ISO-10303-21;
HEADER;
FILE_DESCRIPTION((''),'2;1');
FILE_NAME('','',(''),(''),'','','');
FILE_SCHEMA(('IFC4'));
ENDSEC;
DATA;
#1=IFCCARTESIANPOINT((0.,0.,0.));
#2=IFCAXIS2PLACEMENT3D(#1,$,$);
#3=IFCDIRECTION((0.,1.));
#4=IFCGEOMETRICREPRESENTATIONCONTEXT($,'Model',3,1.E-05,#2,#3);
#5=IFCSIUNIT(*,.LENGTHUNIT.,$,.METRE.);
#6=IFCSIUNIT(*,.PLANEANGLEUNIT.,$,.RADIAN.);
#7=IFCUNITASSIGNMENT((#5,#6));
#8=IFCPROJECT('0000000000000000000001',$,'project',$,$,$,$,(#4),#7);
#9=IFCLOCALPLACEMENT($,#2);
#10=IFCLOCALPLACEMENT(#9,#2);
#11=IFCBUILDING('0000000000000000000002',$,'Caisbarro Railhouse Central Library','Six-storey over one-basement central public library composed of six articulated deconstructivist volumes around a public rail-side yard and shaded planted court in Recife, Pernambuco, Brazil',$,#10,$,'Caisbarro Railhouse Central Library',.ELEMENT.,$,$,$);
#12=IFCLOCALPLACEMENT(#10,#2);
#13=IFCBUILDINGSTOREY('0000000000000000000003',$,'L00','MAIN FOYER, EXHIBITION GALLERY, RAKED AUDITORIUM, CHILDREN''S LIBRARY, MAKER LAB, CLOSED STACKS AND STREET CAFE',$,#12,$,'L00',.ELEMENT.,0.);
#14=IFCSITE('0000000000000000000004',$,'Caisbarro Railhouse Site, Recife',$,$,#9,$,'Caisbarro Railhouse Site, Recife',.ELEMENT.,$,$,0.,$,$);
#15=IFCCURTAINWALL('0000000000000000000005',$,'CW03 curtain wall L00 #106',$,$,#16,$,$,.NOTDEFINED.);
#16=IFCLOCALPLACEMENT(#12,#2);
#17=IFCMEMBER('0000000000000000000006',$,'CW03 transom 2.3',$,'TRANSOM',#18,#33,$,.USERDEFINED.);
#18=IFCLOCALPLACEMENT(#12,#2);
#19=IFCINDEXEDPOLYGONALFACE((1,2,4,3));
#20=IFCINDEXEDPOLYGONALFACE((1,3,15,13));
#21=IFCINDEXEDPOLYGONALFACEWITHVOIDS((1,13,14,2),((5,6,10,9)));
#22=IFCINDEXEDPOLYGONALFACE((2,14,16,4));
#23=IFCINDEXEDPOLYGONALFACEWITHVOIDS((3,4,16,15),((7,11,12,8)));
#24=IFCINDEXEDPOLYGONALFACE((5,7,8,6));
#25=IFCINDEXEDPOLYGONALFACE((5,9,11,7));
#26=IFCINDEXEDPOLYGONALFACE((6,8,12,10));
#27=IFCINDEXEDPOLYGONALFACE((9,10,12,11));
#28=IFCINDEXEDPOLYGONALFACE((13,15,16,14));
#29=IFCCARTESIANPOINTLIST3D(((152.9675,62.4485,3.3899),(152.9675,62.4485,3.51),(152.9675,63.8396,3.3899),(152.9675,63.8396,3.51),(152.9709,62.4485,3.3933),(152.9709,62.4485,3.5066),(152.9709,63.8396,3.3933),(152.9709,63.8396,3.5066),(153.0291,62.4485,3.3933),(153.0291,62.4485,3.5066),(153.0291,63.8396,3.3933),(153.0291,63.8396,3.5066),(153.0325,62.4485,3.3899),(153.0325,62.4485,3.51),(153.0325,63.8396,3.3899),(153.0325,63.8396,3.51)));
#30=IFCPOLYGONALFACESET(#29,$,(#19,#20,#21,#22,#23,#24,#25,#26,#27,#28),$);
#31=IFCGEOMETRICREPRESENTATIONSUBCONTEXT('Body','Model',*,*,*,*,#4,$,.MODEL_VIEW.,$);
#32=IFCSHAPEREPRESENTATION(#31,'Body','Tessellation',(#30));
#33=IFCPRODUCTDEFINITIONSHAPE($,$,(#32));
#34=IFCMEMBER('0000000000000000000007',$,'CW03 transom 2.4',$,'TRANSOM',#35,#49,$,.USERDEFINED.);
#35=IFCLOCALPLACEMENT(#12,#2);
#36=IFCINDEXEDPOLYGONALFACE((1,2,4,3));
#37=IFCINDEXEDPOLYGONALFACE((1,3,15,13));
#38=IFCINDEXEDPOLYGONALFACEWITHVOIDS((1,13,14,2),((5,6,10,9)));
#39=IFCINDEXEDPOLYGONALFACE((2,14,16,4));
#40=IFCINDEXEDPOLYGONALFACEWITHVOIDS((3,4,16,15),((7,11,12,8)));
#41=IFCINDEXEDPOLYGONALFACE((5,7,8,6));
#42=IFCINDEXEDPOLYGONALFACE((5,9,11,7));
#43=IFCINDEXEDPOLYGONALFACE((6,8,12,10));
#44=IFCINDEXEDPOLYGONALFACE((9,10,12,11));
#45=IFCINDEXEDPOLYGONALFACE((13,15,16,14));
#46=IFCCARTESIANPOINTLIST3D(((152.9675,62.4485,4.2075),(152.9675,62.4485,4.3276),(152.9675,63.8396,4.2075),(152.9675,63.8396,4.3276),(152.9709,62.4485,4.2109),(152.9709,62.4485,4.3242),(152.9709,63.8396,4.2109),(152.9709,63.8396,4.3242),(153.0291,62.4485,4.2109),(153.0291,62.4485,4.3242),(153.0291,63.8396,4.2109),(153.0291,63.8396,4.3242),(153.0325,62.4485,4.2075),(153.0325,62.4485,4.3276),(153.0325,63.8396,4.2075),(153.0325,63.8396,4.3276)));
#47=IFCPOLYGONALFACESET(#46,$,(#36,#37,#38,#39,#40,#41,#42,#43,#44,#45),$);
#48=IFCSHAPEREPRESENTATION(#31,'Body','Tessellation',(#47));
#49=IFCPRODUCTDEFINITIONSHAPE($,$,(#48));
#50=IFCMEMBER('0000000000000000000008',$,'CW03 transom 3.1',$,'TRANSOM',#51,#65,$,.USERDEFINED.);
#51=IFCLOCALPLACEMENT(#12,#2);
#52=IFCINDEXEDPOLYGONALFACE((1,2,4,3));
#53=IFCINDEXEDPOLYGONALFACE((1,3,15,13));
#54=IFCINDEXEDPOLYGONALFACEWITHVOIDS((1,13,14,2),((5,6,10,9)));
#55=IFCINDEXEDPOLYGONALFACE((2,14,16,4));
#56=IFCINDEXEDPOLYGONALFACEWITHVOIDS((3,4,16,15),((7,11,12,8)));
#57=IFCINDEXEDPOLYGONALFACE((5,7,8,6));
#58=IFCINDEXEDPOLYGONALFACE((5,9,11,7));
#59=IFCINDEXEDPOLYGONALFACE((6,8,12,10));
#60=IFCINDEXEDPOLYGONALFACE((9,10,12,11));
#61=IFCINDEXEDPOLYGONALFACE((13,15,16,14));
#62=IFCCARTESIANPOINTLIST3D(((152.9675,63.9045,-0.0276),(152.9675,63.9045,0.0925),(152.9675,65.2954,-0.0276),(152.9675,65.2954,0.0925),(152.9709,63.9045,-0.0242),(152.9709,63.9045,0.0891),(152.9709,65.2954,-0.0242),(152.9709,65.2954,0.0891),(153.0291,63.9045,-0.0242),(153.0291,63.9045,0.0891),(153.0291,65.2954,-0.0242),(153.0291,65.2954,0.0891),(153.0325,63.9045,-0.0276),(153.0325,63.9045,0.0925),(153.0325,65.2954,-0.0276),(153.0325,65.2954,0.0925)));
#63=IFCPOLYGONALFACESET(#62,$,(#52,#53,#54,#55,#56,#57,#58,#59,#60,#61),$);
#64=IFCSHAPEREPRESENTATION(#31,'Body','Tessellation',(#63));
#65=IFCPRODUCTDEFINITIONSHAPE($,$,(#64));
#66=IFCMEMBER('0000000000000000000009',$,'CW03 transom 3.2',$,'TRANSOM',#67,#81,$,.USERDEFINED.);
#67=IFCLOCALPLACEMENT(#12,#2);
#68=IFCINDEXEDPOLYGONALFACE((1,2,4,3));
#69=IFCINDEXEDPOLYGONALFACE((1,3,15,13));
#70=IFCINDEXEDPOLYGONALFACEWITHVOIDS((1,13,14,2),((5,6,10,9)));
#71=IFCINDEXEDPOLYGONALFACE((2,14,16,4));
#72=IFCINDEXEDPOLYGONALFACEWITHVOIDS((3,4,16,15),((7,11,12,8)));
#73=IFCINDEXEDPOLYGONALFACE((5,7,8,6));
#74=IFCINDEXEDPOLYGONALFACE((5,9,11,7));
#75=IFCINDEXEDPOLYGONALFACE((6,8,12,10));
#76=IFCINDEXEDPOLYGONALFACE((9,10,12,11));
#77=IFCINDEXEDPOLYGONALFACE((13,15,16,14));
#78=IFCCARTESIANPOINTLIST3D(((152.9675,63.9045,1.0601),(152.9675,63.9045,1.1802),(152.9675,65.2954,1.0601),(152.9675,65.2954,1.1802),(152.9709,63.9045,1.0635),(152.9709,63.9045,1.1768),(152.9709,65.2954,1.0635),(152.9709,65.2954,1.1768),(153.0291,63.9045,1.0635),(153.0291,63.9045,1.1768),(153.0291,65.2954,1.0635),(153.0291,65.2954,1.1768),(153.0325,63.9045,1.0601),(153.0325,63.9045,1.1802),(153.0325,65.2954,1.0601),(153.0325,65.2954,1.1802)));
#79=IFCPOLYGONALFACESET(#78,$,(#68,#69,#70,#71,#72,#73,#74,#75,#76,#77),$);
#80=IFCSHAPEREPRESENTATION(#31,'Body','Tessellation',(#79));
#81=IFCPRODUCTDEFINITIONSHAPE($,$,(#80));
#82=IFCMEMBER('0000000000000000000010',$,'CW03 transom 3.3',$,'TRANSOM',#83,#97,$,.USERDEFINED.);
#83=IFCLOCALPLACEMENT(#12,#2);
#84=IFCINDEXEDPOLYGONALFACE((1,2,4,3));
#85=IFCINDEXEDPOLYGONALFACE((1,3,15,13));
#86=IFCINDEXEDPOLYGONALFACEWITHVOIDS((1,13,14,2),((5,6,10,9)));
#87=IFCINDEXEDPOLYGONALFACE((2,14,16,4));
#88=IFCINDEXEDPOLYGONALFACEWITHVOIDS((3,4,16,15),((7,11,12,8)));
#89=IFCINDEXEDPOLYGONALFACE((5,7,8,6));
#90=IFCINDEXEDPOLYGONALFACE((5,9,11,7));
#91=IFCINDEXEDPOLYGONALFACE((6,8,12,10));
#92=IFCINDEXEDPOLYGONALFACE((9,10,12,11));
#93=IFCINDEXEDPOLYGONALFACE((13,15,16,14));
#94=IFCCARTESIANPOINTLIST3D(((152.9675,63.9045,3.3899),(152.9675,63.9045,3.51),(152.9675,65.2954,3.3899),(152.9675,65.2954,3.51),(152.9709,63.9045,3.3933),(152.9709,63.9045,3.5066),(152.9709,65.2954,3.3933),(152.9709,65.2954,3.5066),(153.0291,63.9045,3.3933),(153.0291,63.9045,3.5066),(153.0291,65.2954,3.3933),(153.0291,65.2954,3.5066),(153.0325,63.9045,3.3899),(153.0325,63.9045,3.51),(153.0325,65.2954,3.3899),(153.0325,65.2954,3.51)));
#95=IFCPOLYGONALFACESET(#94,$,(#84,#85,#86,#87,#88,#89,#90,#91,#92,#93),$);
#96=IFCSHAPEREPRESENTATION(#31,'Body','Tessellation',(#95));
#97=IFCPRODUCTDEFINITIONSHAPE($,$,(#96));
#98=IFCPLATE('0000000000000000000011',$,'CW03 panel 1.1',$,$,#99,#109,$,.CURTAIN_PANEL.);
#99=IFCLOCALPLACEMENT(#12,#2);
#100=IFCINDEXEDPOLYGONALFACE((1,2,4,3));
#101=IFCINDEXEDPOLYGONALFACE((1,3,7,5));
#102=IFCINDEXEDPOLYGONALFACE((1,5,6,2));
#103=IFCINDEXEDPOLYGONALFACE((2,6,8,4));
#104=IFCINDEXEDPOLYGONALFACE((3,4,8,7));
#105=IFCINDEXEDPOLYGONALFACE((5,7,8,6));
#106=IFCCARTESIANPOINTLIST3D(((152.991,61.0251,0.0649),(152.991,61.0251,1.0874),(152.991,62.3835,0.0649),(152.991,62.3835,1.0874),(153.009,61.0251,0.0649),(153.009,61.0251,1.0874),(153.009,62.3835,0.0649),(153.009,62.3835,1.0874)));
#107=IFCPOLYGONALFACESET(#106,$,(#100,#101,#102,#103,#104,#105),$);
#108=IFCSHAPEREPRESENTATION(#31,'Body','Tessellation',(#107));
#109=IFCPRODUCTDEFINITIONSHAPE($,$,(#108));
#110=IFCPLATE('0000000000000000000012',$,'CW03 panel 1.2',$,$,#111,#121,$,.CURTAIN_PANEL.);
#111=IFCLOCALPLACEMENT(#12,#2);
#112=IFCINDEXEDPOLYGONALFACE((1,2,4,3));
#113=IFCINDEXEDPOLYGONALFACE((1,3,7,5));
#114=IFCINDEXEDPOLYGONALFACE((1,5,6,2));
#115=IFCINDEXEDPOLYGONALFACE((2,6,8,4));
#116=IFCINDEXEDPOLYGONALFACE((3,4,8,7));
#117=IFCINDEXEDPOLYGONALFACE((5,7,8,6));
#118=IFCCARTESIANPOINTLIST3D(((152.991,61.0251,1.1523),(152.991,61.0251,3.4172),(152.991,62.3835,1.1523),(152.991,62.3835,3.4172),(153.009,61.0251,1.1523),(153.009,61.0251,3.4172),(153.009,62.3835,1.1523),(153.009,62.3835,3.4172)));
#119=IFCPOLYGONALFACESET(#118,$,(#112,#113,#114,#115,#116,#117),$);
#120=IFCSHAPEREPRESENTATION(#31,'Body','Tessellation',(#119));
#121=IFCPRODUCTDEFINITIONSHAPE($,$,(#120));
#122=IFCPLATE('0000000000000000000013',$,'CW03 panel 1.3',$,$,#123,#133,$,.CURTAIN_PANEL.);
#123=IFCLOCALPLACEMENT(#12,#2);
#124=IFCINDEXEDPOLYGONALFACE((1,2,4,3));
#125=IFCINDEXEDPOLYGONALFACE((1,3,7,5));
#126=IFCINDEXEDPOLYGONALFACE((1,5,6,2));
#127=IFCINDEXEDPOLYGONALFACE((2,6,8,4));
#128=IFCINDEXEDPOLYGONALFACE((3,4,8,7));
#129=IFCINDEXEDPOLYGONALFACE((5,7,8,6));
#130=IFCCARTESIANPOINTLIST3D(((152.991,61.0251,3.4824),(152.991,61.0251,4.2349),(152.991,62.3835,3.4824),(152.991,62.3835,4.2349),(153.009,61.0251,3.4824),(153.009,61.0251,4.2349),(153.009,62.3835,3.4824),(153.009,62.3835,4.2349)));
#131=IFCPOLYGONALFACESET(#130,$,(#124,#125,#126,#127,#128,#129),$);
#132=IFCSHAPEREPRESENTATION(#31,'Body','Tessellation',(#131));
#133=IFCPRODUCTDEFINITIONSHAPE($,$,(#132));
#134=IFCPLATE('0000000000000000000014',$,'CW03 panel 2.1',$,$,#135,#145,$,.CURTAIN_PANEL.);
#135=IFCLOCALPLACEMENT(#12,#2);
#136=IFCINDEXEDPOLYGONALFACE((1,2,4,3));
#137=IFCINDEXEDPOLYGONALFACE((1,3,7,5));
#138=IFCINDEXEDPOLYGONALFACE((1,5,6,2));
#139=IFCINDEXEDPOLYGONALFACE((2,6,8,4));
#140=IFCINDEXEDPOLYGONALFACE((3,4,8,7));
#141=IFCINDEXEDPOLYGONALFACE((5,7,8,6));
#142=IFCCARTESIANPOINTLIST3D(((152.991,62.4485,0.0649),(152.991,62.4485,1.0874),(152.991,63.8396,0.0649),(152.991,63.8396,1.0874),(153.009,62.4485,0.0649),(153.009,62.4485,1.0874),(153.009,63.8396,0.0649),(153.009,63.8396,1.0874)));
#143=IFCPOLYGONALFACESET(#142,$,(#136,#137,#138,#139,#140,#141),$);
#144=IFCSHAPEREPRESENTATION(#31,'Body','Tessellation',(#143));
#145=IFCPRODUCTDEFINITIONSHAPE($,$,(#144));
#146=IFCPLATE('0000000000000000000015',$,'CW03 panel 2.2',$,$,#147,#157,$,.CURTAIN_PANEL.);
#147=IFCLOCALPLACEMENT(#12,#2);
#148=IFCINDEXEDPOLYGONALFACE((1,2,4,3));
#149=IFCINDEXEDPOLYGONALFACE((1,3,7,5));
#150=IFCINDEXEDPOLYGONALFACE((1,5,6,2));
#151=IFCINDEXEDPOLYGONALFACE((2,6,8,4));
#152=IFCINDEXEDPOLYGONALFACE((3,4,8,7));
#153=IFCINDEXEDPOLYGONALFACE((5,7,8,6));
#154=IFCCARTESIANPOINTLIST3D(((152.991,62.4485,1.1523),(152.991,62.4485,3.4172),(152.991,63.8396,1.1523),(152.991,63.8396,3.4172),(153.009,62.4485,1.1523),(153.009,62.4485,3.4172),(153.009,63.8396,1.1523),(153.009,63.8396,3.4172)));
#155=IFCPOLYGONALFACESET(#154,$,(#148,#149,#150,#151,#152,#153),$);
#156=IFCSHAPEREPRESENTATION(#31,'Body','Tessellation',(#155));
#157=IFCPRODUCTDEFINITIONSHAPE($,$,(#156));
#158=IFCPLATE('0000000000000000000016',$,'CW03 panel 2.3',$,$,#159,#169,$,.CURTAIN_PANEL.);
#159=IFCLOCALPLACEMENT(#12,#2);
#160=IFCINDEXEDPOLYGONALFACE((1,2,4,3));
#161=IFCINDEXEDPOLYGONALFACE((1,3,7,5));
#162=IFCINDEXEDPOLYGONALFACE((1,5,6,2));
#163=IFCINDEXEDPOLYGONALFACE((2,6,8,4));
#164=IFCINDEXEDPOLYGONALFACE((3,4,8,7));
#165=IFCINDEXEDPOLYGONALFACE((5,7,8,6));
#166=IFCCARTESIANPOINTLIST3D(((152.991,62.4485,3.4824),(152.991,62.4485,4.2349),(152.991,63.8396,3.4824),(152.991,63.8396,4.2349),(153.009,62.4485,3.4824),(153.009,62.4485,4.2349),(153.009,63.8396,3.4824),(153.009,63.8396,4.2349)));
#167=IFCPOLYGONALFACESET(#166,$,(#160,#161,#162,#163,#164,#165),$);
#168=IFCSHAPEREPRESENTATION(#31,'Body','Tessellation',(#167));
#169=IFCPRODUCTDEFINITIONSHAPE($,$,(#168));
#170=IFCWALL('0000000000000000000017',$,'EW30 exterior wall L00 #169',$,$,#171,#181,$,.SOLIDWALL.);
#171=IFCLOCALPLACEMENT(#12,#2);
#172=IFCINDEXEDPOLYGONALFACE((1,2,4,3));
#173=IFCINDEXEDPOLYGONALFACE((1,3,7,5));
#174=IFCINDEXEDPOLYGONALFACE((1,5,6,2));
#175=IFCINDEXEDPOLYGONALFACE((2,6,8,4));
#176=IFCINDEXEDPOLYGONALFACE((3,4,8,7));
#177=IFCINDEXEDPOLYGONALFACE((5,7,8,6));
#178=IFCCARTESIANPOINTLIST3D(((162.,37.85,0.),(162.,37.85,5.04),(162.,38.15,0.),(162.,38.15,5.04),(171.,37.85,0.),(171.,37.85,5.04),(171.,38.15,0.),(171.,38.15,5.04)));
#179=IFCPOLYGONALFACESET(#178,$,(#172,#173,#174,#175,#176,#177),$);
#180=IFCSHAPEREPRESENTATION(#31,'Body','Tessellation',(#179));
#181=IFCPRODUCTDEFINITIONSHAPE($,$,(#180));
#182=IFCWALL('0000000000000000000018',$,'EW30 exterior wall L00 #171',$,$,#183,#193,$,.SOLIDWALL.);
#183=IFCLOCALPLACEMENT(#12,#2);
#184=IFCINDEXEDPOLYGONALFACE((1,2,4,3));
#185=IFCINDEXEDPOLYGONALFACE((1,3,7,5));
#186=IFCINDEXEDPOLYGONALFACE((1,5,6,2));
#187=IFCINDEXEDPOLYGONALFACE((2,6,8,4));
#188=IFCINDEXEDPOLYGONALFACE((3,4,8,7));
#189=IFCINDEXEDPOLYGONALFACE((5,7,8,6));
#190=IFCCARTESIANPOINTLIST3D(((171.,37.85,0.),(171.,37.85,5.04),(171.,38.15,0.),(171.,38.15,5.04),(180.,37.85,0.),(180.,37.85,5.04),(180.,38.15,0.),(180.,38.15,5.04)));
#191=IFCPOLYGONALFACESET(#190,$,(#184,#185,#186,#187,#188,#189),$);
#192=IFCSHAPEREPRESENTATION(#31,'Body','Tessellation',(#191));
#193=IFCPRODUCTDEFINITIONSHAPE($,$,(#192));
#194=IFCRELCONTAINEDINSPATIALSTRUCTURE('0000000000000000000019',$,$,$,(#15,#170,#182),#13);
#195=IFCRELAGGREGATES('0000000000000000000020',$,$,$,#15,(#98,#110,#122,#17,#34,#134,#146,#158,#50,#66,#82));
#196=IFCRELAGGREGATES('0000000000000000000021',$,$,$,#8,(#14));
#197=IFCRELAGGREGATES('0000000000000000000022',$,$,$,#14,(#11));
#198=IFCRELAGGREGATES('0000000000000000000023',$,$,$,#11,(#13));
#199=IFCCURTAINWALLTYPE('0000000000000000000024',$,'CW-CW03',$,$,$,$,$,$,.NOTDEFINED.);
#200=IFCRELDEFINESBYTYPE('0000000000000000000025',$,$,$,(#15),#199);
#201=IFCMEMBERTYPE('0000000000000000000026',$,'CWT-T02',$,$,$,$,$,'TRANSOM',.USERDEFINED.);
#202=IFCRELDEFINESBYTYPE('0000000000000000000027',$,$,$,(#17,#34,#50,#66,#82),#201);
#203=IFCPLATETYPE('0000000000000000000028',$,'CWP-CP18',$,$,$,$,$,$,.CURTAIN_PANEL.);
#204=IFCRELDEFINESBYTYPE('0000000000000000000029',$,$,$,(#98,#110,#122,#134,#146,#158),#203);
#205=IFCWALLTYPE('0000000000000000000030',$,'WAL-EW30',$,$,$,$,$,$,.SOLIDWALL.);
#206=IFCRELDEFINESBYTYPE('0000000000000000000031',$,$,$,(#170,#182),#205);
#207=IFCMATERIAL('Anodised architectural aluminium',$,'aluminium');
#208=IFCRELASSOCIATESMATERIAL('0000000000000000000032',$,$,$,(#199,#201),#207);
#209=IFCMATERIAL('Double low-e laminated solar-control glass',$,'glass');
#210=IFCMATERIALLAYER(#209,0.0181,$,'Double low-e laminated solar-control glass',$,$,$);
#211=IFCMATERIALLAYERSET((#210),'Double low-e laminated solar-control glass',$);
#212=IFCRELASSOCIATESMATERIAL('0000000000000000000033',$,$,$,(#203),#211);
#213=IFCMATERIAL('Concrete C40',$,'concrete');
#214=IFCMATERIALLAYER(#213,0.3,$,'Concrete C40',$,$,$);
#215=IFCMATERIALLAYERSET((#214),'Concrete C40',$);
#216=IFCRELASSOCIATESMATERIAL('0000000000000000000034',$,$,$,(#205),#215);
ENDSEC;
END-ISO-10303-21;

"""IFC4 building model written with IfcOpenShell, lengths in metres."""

from ifc_helpers import new_model, si_unit, direction, frame, frame_2d, origin, origin_2d, place, context, subcontext, project, spatial, rectangle, hollow_rectangle, extrude, material, layer, layer_set, material_profile, profile_set, type_object, element, aggregate, save


model = new_model("IFC4")

# Units and contexts
model_context = context("Model", 3, precision=1e-05, world=origin(), true_north=direction((0.0, 1.0)))
body_context = subcontext(model_context, "Body", "Model", "MODEL_VIEW")
ifc_project = project(units=[si_unit("LENGTHUNIT", "METRE"), si_unit("PLANEANGLEUNIT", "RADIAN")], contexts=[model_context])

# Site, building, storey
site_placement = place(None, origin())
site = spatial("IfcSite", under=ifc_project, at=site_placement, Name="Caisbarro Railhouse Site, Recife", LongName="Caisbarro Railhouse Site, Recife", CompositionType="ELEMENT", RefElevation=0.0)
building_placement = place(site_placement, origin())
building = spatial("IfcBuilding", under=site, at=building_placement, Name="Caisbarro Railhouse Central Library", Description="Six-storey over one-basement central public library composed of six articulated deconstructivist volumes around a public rail-side yard and shaded planted court in Recife, Pernambuco, Brazil", LongName="Caisbarro Railhouse Central Library", CompositionType="ELEMENT")
storey_placement = place(building_placement, origin())
storey = spatial("IfcBuildingStorey", under=building, at=storey_placement, Name="L00", Description="MAIN FOYER, EXHIBITION GALLERY, RAKED AUDITORIUM, CHILDREN'S LIBRARY, MAKER LAB, CLOSED STACKS AND STREET CAFE", LongName="L00", CompositionType="ELEMENT", Elevation=0.0)

# Curtain wall, members, plates
ifc_material_1 = material(Name="Anodised architectural aluminium", Category="aluminium")
curtain_wall_type = type_object("IfcCurtainWallType", Name="CW-CW03", PredefinedType="NOTDEFINED", material=ifc_material_1)
curtain_wall_placement = place(storey_placement, origin())
curtain_wall = element("IfcCurtainWall", 1, at=curtain_wall_placement, inside=storey, type_object=curtain_wall_type, Name="CW03 curtain wall L00 #106", PredefinedType="NOTDEFINED")
ifc_material_profile_1 = material_profile(ifc_material_1, hollow_rectangle(XDim=0.0649, YDim=0.1201, WallThickness=0.0034, at=origin_2d()), Name="ALU-TRN-65X120")
ifc_profile_set_1 = profile_set([ifc_material_profile_1], Name="Anodised architectural aluminium")
member_type_1 = type_object("IfcMemberType", Name="CWT-T02", ElementType="TRANSOM", PredefinedType="USERDEFINED", material=ifc_profile_set_1)
member_1_placement = place(storey_placement, frame((153.0, 62.4485, 3.45), z_axis=(0.0, 1.0, 0.0), x_axis=(-1.0, 0.0, 0.0)))
member_1 = element("IfcMember", 2, at=member_1_placement, type_object=member_type_1, Name="CW03 transom 2.3", ObjectType="TRANSOM", PredefinedType="USERDEFINED", context=body_context, shape_type="SweptSolid", body=[
    extrude(hollow_rectangle(XDim=0.0649, YDim=0.1201, WallThickness=0.0034, at=origin_2d()), origin(), (0.0, 0.0, 1.0), 1.3911),
])
member_2_placement = place(storey_placement, frame((153.0, 62.4485, 4.2676), z_axis=(0.0, 1.0, 0.0), x_axis=(-1.0, 0.0, 0.0)))
member_2 = element("IfcMember", 3, at=member_2_placement, type_object=member_type_1, Name="CW03 transom 2.4", ObjectType="TRANSOM", PredefinedType="USERDEFINED", context=body_context, shape_type="SweptSolid", body=[
    extrude(hollow_rectangle(XDim=0.0649, YDim=0.1201, WallThickness=0.0034, at=origin_2d()), origin(), (0.0, 0.0, 1.0), 1.3911),
])
member_3_placement = place(storey_placement, frame((153.0, 63.9045, 0.0325), z_axis=(0.0, 1.0, 0.0), x_axis=(-1.0, 0.0, 0.0)))
member_3 = element("IfcMember", 4, at=member_3_placement, type_object=member_type_1, Name="CW03 transom 3.1", ObjectType="TRANSOM", PredefinedType="USERDEFINED", context=body_context, shape_type="SweptSolid", body=[
    extrude(hollow_rectangle(XDim=0.0649, YDim=0.1201, WallThickness=0.0034, at=origin_2d()), origin(), (0.0, 0.0, 1.0), 1.3909),
])
member_4_placement = place(storey_placement, frame((153.0, 63.9045, 1.1201), z_axis=(0.0, 1.0, 0.0), x_axis=(-1.0, 0.0, 0.0)))
member_4 = element("IfcMember", 5, at=member_4_placement, type_object=member_type_1, Name="CW03 transom 3.2", ObjectType="TRANSOM", PredefinedType="USERDEFINED", context=body_context, shape_type="SweptSolid", body=[
    extrude(hollow_rectangle(XDim=0.0649, YDim=0.1201, WallThickness=0.0034, at=origin_2d()), origin(), (0.0, 0.0, 1.0), 1.3909),
])
member_5_placement = place(storey_placement, frame((153.0, 63.9045, 3.45), z_axis=(0.0, 1.0, 0.0), x_axis=(-1.0, 0.0, 0.0)))
member_5 = element("IfcMember", 6, at=member_5_placement, type_object=member_type_1, Name="CW03 transom 3.3", ObjectType="TRANSOM", PredefinedType="USERDEFINED", context=body_context, shape_type="SweptSolid", body=[
    extrude(hollow_rectangle(XDim=0.0649, YDim=0.1201, WallThickness=0.0034, at=origin_2d()), origin(), (0.0, 0.0, 1.0), 1.3909),
])
ifc_material_2 = material(Name="Double low-e laminated solar-control glass", Category="glass")
ifc_layer_1 = layer(ifc_material_2, 0.0181, Name="Double low-e laminated solar-control glass")
ifc_layer_set_1 = layer_set([ifc_layer_1], Name="Double low-e laminated solar-control glass")
plate_type = type_object("IfcPlateType", Name="CWP-CP18", PredefinedType="CURTAIN_PANEL", material=ifc_layer_set_1)
plate_1_placement = place(storey_placement, frame((153.0, 61.7043, 0.0649), z_axis=(0.0, 0.0, 1.0), x_axis=(0.0, 1.0, 0.0)))
plate_1 = element("IfcPlate", 7, at=plate_1_placement, type_object=plate_type, Name="CW03 panel 1.1", PredefinedType="CURTAIN_PANEL", context=body_context, shape_type="SweptSolid", body=[
    extrude(rectangle(XDim=1.3584, YDim=0.0181, at=origin_2d()), origin(), (0.0, 0.0, 1.0), 1.0225),
])
plate_2_placement = place(storey_placement, frame((153.0, 61.7043, 1.1523), z_axis=(0.0, 0.0, 1.0), x_axis=(0.0, 1.0, 0.0)))
plate_2 = element("IfcPlate", 8, at=plate_2_placement, type_object=plate_type, Name="CW03 panel 1.2", PredefinedType="CURTAIN_PANEL", context=body_context, shape_type="SweptSolid", body=[
    extrude(rectangle(XDim=1.3584, YDim=0.0181, at=origin_2d()), origin(), (0.0, 0.0, 1.0), 2.2649),
])
plate_3_placement = place(storey_placement, frame((153.0, 61.7043, 3.4824), z_axis=(0.0, 0.0, 1.0), x_axis=(0.0, 1.0, 0.0)))
plate_3 = element("IfcPlate", 9, at=plate_3_placement, type_object=plate_type, Name="CW03 panel 1.3", PredefinedType="CURTAIN_PANEL", context=body_context, shape_type="SweptSolid", body=[
    extrude(rectangle(XDim=1.3584, YDim=0.0181, at=origin_2d()), origin(), (0.0, 0.0, 1.0), 0.7524),
])
plate_4_placement = place(storey_placement, frame((153.0, 63.144, 0.0649), z_axis=(0.0, 0.0, 1.0), x_axis=(0.0, 1.0, 0.0)))
plate_4 = element("IfcPlate", 10, at=plate_4_placement, type_object=plate_type, Name="CW03 panel 2.1", PredefinedType="CURTAIN_PANEL", context=body_context, shape_type="SweptSolid", body=[
    extrude(rectangle(XDim=1.3911, YDim=0.0181, at=origin_2d()), origin(), (0.0, 0.0, 1.0), 1.0225),
])
plate_5_placement = place(storey_placement, frame((153.0, 63.144, 1.1523), z_axis=(0.0, 0.0, 1.0), x_axis=(0.0, 1.0, 0.0)))
plate_5 = element("IfcPlate", 11, at=plate_5_placement, type_object=plate_type, Name="CW03 panel 2.2", PredefinedType="CURTAIN_PANEL", context=body_context, shape_type="SweptSolid", body=[
    extrude(rectangle(XDim=1.3911, YDim=0.0181, at=origin_2d()), origin(), (0.0, 0.0, 1.0), 2.2649),
])
plate_6_placement = place(storey_placement, frame((153.0, 63.144, 3.4824), z_axis=(0.0, 0.0, 1.0), x_axis=(0.0, 1.0, 0.0)))
plate_6 = element("IfcPlate", 12, at=plate_6_placement, type_object=plate_type, Name="CW03 panel 2.3", PredefinedType="CURTAIN_PANEL", context=body_context, shape_type="SweptSolid", body=[
    extrude(rectangle(XDim=1.3911, YDim=0.0181, at=origin_2d()), origin(), (0.0, 0.0, 1.0), 0.7524),
])
aggregate(curtain_wall, [plate_1, plate_2, plate_3, member_1, member_2, plate_4, plate_5, plate_6, member_3, member_4, member_5])

# Walls
ifc_material_3 = material(Name="Concrete C40", Category="concrete")
ifc_layer_2 = layer(ifc_material_3, 0.3, Name="Concrete C40")
ifc_layer_set_2 = layer_set([ifc_layer_2], Name="Concrete C40")
wall_type = type_object("IfcWallType", Name="WAL-EW30", PredefinedType="SOLIDWALL", material=ifc_layer_set_2)
for number, where, z_axis, x_axis, name in (
    (13, (162.0, 38.0, 0.0), (0.0, 0.0, 1.0), (1.0, 0.0, 0.0), "EW30 exterior wall L00 #169"),
    (14, (171.0, 38.0, 0.0), (0.0, 0.0, 1.0), (1.0, 0.0, 0.0), "EW30 exterior wall L00 #171"),
):
    element("IfcWall", number, at=place(storey_placement, frame(where, z_axis=z_axis, x_axis=x_axis)), inside=storey, type_object=wall_type, Name=name, PredefinedType="SOLIDWALL", context=body_context, shape_type="SweptSolid", body=[
        extrude(rectangle(XDim=9.0, YDim=0.3, at=frame_2d((4.5, 0.0))), origin(), (0.0, 0.0, 1.0), 5.04),
    ])

save(model, "model.ifc")
